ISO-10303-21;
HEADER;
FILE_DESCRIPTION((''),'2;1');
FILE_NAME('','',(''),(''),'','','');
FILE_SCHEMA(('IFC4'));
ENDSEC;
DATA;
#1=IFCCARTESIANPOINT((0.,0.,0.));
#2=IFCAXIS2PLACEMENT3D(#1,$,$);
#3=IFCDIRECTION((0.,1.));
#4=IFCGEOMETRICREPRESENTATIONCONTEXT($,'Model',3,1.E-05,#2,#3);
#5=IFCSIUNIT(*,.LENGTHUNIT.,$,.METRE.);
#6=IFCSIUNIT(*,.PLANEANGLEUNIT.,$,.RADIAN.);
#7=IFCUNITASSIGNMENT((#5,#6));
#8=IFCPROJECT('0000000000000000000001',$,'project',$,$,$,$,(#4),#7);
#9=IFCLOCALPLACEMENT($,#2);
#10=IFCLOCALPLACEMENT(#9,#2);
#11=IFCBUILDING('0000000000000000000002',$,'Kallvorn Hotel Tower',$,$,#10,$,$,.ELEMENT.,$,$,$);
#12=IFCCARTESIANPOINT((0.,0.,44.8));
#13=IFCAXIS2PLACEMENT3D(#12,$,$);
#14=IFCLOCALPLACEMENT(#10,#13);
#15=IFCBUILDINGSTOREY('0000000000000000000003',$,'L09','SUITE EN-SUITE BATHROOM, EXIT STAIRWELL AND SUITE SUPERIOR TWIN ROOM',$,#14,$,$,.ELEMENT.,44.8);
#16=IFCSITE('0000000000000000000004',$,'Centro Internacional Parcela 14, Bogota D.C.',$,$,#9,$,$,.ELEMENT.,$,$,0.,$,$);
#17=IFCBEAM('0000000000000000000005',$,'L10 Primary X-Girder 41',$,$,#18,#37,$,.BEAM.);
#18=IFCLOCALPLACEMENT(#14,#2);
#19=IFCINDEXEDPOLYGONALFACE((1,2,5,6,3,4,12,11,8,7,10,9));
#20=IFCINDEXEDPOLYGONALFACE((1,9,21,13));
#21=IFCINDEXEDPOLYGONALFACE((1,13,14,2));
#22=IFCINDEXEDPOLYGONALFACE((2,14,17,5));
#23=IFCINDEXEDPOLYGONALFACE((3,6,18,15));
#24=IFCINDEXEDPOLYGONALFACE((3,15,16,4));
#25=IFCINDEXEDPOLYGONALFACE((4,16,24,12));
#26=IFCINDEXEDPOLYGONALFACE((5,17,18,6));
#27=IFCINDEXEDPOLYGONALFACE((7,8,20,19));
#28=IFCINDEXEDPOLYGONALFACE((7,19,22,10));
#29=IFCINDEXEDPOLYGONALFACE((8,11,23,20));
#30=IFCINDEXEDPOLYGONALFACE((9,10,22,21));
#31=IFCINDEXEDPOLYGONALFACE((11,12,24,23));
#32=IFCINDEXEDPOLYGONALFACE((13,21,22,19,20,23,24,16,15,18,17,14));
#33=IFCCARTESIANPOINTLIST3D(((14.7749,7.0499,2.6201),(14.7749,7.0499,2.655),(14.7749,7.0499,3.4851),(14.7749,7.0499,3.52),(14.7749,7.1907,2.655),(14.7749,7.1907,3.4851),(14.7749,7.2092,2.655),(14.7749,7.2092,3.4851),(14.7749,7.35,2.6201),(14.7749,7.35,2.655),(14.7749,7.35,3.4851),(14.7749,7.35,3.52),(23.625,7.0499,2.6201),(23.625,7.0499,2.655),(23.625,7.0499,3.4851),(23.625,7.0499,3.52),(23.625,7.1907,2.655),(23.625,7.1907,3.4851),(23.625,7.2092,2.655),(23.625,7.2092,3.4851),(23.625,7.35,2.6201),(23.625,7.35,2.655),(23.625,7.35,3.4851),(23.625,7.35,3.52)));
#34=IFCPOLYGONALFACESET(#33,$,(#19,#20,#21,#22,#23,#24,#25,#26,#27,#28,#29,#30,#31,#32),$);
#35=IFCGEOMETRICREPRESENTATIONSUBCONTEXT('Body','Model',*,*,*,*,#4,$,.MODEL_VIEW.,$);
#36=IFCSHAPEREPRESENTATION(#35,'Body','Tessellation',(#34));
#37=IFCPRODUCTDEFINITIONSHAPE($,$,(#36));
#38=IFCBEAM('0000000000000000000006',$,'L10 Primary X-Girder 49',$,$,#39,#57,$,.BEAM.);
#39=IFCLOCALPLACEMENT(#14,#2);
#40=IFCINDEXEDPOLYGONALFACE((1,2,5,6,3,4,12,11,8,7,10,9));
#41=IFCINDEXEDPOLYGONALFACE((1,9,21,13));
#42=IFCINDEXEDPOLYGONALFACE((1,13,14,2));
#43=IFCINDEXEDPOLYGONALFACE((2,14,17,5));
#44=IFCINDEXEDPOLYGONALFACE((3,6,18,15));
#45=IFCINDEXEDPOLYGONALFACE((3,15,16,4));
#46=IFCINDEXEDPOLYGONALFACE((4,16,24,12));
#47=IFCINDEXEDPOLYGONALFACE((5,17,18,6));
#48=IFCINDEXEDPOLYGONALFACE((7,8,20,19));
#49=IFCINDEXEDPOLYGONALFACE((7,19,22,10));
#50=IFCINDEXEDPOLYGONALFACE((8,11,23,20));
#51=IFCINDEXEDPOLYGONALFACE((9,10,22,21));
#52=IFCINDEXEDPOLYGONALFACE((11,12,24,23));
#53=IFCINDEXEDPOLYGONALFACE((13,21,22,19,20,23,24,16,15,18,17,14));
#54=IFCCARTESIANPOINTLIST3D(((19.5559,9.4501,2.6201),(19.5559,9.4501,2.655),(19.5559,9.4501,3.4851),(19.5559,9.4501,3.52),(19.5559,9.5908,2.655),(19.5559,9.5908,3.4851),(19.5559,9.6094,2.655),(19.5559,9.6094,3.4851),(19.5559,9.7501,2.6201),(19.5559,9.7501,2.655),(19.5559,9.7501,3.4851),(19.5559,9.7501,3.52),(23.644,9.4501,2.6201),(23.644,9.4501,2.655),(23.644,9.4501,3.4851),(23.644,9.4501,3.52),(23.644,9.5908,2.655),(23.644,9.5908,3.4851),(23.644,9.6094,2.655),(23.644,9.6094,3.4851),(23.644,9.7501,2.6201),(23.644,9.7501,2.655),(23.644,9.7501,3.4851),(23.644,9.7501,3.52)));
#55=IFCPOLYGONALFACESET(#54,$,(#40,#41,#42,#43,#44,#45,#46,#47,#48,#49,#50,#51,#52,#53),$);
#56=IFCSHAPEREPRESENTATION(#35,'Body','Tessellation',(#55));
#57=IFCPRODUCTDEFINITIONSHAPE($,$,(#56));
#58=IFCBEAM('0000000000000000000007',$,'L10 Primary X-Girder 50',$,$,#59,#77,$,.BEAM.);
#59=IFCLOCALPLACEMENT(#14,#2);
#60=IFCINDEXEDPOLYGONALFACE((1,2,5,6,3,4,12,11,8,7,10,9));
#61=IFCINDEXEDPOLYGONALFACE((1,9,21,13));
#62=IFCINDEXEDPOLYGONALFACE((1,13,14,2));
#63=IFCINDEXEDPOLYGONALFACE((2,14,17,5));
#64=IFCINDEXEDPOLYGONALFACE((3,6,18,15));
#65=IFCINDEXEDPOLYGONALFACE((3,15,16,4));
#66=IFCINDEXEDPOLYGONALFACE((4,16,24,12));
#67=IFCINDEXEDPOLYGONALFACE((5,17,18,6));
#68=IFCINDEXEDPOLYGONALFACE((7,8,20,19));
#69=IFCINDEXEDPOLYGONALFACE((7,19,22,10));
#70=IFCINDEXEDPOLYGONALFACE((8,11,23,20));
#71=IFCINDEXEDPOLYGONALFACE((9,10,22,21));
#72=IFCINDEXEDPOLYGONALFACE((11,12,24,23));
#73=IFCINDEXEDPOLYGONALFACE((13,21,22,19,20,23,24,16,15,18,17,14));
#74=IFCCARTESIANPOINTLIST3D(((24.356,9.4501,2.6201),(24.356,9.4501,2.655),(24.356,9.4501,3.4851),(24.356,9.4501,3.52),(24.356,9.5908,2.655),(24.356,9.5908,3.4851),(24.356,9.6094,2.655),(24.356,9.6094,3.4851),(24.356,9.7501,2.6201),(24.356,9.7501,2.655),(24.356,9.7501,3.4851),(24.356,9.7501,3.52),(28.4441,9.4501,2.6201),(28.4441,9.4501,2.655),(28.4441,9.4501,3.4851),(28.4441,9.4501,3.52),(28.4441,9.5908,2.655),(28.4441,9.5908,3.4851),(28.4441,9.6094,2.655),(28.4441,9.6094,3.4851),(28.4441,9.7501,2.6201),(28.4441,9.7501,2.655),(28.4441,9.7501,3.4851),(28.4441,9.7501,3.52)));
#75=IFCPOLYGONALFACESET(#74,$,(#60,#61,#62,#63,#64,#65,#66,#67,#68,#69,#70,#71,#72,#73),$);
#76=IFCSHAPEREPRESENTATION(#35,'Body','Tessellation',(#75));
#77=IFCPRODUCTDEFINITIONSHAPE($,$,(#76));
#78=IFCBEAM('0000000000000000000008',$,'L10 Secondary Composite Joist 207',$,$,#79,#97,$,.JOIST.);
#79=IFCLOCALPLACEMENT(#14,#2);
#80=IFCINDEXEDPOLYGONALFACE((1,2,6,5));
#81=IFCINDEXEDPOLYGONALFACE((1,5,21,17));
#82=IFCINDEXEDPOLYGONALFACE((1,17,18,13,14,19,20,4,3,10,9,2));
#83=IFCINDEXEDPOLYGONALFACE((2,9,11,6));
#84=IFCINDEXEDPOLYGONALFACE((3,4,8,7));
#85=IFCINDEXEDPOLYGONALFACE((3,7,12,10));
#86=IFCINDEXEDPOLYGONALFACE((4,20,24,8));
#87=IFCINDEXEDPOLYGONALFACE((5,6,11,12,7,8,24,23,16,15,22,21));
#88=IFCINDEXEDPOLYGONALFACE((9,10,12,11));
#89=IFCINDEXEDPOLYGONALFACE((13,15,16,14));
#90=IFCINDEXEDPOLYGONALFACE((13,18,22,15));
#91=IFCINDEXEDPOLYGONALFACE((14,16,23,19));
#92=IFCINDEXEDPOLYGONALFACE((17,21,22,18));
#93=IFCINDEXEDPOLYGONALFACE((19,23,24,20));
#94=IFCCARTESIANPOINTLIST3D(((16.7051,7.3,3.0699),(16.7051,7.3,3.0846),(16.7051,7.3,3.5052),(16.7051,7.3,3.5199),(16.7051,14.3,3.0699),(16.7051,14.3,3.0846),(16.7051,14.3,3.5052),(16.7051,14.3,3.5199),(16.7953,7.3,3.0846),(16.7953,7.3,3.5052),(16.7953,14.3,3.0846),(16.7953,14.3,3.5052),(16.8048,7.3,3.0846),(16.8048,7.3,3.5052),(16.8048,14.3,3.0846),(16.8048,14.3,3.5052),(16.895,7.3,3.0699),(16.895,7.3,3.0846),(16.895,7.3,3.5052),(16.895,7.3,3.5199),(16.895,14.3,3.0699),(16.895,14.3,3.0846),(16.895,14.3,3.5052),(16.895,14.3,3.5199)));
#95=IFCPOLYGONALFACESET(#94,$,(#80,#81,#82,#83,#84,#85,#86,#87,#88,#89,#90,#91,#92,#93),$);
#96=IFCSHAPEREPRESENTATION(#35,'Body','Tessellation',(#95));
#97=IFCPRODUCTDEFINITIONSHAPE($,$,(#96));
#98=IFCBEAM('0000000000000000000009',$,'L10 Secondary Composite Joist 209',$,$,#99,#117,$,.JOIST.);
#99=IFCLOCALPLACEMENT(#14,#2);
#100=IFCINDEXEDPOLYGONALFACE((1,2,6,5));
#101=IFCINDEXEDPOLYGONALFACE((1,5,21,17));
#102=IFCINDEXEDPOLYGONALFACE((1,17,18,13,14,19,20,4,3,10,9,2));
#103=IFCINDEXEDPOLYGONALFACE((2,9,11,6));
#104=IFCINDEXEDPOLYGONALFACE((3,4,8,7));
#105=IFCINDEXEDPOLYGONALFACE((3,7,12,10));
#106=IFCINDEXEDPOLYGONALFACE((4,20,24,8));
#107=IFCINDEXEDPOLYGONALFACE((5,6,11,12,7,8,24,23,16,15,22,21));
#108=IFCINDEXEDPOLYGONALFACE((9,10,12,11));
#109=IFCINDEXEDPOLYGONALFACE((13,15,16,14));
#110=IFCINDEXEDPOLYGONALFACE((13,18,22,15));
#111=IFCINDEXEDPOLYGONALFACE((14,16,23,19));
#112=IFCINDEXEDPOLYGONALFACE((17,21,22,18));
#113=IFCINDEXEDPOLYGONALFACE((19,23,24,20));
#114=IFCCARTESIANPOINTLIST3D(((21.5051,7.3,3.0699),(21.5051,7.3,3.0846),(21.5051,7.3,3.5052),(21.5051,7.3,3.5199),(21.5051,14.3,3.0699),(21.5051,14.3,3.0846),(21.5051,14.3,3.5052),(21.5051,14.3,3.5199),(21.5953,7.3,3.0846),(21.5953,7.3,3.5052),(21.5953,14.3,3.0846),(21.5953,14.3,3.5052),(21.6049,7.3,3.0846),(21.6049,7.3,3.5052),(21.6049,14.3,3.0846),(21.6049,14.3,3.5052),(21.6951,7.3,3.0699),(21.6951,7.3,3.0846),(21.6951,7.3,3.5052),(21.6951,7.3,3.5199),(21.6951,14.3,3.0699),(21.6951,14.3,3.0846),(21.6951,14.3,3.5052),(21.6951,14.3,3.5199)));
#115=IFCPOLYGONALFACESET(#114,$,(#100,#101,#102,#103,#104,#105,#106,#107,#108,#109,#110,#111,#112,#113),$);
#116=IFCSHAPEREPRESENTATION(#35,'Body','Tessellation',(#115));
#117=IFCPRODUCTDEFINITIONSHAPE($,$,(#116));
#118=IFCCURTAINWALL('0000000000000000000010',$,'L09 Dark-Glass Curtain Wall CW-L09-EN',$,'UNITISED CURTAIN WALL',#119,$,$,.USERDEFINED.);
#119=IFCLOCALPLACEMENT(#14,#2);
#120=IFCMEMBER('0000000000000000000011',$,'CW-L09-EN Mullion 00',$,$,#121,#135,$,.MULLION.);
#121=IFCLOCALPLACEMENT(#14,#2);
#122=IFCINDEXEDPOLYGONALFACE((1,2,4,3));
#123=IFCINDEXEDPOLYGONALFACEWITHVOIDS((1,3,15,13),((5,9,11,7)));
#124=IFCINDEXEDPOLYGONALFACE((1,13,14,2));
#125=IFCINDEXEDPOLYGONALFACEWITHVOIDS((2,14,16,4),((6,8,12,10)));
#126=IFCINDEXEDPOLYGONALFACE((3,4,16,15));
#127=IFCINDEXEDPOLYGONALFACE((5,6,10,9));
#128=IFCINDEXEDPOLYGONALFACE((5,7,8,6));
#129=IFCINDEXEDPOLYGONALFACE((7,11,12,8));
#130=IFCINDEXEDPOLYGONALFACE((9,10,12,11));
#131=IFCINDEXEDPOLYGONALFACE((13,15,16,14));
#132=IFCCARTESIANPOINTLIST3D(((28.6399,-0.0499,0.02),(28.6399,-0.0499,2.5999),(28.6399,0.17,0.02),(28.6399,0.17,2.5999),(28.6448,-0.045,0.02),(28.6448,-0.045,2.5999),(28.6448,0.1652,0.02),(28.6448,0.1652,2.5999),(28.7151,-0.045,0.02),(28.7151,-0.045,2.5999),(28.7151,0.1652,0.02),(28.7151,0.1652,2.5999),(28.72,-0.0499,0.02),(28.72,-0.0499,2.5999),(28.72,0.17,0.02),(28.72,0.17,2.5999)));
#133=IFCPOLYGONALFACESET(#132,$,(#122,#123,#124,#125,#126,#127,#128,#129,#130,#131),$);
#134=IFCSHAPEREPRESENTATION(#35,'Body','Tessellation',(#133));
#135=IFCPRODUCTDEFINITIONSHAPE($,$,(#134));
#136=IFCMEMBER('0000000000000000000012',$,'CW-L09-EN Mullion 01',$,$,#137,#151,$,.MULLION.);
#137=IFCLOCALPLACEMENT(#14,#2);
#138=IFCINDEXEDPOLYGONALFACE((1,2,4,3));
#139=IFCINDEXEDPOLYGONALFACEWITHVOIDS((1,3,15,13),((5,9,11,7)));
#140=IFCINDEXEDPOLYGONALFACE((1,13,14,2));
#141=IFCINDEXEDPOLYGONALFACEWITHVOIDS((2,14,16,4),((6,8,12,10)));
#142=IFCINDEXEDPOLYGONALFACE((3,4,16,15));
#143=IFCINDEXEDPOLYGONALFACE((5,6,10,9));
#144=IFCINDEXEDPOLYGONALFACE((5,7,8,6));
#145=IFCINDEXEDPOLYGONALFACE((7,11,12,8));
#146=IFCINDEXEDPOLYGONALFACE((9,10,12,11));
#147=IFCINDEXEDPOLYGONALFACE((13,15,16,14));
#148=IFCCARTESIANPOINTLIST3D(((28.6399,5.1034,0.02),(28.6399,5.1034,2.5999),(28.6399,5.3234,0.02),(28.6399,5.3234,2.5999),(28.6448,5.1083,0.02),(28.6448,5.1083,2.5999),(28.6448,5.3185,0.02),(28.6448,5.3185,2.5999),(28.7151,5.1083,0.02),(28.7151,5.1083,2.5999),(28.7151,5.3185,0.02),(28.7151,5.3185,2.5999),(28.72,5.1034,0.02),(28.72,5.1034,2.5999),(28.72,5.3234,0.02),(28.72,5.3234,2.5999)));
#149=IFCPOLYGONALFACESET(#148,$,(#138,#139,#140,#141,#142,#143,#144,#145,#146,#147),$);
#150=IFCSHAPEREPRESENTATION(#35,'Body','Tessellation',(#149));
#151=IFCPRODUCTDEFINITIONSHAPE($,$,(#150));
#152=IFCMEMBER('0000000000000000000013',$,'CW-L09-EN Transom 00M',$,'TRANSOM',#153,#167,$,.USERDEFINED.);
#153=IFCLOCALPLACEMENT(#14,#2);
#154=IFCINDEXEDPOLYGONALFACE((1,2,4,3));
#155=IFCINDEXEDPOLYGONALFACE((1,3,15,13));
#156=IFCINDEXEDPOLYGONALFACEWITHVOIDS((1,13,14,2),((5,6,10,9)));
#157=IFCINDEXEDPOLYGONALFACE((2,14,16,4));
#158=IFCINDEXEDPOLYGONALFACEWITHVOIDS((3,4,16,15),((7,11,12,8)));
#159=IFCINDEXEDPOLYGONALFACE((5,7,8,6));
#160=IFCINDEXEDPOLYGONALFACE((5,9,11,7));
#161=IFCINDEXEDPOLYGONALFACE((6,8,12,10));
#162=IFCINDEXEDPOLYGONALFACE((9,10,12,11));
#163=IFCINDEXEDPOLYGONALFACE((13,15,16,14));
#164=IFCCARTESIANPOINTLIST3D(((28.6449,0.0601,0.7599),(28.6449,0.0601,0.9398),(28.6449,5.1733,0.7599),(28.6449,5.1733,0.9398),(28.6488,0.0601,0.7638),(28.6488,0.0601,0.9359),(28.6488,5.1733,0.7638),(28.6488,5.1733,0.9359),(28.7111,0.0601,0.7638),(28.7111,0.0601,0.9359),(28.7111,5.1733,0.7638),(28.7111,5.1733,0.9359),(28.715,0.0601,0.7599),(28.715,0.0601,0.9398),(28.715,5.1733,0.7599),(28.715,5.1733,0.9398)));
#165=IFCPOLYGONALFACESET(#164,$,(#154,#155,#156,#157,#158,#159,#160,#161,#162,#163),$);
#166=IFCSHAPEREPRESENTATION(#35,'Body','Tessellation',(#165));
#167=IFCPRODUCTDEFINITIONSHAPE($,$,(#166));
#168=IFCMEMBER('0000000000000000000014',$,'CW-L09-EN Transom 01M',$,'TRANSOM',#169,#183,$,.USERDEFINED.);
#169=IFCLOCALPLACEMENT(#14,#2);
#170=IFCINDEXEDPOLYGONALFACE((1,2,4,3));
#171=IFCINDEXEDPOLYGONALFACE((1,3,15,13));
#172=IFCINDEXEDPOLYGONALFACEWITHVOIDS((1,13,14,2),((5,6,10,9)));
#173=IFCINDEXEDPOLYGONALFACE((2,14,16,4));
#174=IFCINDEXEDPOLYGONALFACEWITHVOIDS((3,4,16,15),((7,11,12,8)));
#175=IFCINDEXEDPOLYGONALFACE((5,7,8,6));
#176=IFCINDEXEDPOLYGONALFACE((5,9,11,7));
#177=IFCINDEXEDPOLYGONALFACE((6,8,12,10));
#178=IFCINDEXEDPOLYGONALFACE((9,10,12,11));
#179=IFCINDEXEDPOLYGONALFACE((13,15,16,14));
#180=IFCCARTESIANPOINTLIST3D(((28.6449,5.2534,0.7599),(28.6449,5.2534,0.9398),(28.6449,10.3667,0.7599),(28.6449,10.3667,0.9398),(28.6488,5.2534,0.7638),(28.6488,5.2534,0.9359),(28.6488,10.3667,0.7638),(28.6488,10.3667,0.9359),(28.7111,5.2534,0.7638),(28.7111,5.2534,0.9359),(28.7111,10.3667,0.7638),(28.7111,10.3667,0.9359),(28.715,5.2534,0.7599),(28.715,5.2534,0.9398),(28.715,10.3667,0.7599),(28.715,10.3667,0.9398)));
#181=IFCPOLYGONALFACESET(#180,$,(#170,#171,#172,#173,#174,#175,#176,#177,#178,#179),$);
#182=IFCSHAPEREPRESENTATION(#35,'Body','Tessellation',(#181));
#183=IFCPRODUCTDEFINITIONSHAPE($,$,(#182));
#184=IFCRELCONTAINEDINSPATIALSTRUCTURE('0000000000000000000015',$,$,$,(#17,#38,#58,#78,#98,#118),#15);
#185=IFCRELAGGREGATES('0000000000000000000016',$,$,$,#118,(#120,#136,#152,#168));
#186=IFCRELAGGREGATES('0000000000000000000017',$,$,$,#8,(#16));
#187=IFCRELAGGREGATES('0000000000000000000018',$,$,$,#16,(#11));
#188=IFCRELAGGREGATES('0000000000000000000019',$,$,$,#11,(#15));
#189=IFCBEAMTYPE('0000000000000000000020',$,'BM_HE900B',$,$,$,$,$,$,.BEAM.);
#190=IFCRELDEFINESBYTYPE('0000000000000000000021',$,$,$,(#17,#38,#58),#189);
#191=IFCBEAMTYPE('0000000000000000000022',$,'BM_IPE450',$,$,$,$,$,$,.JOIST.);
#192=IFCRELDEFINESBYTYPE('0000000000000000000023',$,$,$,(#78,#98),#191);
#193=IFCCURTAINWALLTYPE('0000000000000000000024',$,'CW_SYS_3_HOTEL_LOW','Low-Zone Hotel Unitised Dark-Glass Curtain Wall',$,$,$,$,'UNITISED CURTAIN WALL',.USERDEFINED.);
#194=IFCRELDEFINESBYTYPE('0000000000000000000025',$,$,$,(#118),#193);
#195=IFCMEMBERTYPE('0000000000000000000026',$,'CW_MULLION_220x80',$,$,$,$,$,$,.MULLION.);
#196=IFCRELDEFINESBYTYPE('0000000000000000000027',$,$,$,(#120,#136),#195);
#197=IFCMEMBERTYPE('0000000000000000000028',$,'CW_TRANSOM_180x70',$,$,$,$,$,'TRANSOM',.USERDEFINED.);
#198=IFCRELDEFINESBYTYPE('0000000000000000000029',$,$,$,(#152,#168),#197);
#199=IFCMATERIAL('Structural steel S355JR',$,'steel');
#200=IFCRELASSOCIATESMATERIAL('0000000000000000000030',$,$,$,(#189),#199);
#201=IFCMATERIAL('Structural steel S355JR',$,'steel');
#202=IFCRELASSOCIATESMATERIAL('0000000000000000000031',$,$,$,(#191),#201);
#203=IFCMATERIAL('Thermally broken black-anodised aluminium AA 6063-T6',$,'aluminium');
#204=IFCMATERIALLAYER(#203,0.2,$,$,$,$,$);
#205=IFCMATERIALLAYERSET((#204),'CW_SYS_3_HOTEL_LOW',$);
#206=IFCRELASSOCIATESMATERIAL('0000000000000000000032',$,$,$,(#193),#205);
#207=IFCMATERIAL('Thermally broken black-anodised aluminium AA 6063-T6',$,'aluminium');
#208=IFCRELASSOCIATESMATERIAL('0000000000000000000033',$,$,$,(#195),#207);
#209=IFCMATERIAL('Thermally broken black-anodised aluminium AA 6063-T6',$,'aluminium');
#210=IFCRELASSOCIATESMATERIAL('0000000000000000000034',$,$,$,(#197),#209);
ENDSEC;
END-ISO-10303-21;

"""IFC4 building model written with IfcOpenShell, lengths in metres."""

from ifc_helpers import new_model, si_unit, direction, frame, origin, origin_2d, place, context, subcontext, project, spatial, hollow_rectangle, i_section, extrude, material, layer, layer_set, material_profile, profile_set, type_object, element, aggregate, save


model = new_model("IFC4")

# Units and contexts
model_context = context("Model", 3, precision=1e-05, world=origin(), true_north=direction((0.0, 1.0)))
body_context = subcontext(model_context, "Body", "Model", "MODEL_VIEW")
ifc_project = project(units=[si_unit("LENGTHUNIT", "METRE"), si_unit("PLANEANGLEUNIT", "RADIAN")], contexts=[model_context])

# Site, building, storey
site_placement = place(None, origin())
site = spatial("IfcSite", under=ifc_project, at=site_placement, Name="Centro Internacional Parcela 14, Bogota D.C.", CompositionType="ELEMENT", RefElevation=0.0)
building_placement = place(site_placement, origin())
building = spatial("IfcBuilding", under=site, at=building_placement, Name="Kallvorn Hotel Tower", CompositionType="ELEMENT")
storey_placement = place(building_placement, frame((0.0, 0.0, 44.8)))
storey = spatial("IfcBuildingStorey", under=building, at=storey_placement, Name="L09", Description="SUITE EN-SUITE BATHROOM, EXIT STAIRWELL AND SUITE SUPERIOR TWIN ROOM", CompositionType="ELEMENT", Elevation=44.8)

# Beams
ifc_material_1 = material(Name="Structural steel S355JR", Category="steel")
ifc_material_profile_1 = material_profile(ifc_material_1, i_section(OverallWidth=0.3, OverallDepth=0.8999, WebThickness=0.0186, FlangeThickness=0.0349, at=origin_2d()), Name="HE 900 B")
ifc_profile_set_1 = profile_set([ifc_material_profile_1], Name="Structural steel S355JR")
beam_type_1 = type_object("IfcBeamType", Name="BM_HE900B", PredefinedType="BEAM", material=ifc_profile_set_1)
beam_1_placement = place(storey_placement, frame((14.7749, 7.2, 3.0701), z_axis=(1.0, 0.0, 0.0), x_axis=(0.0, 1.0, 0.0)))
element("IfcBeam", 1, at=beam_1_placement, inside=storey, type_object=beam_type_1, Name="L10 Primary X-Girder 41", PredefinedType="BEAM", context=body_context, shape_type="SweptSolid", body=[
    extrude(i_section(OverallWidth=0.3, OverallDepth=0.8999, WebThickness=0.0186, FlangeThickness=0.0349, at=origin_2d()), origin(), (0.0, 0.0, 1.0), 8.8501),
])
for number, where, z_axis, x_axis, name in (
    (2, (19.5559, 9.6001, 3.0701), (1.0, 0.0, 0.0), (0.0, 1.0, 0.0), "L10 Primary X-Girder 49"),
    (3, (24.356, 9.6001, 3.0701), (1.0, 0.0, 0.0), (0.0, 1.0, 0.0), "L10 Primary X-Girder 50"),
):
    element("IfcBeam", number, at=place(storey_placement, frame(where, z_axis=z_axis, x_axis=x_axis)), inside=storey, type_object=beam_type_1, Name=name, PredefinedType="BEAM", context=body_context, shape_type="SweptSolid", body=[
        extrude(i_section(OverallWidth=0.3, OverallDepth=0.8999, WebThickness=0.0186, FlangeThickness=0.0349, at=origin_2d()), origin(), (0.0, 0.0, 1.0), 4.0881),
    ])
ifc_material_2 = material(Name="Structural steel S355JR", Category="steel")
ifc_material_profile_2 = material_profile(ifc_material_2, i_section(OverallWidth=0.1899, OverallDepth=0.45, WebThickness=0.0095, FlangeThickness=0.0146, at=origin_2d()), Name="IPE 450")
ifc_profile_set_2 = profile_set([ifc_material_profile_2], Name="Structural steel S355JR")
beam_type_2 = type_object("IfcBeamType", Name="BM_IPE450", PredefinedType="JOIST", material=ifc_profile_set_2)
for number, where, z_axis, x_axis, name in (
    (4, (16.8, 7.3, 3.2949), (0.0, 1.0, 0.0), (-1.0, 0.0, 0.0), "L10 Secondary Composite Joist 207"),
    (5, (21.6001, 7.3, 3.2949), (0.0, 1.0, 0.0), (-1.0, 0.0, 0.0), "L10 Secondary Composite Joist 209"),
):
    element("IfcBeam", number, at=place(storey_placement, frame(where, z_axis=z_axis, x_axis=x_axis)), inside=storey, type_object=beam_type_2, Name=name, PredefinedType="JOIST", context=body_context, shape_type="SweptSolid", body=[
        extrude(i_section(OverallWidth=0.1899, OverallDepth=0.45, WebThickness=0.0095, FlangeThickness=0.0146, at=origin_2d()), origin(), (0.0, 0.0, 1.0), 7.0),
    ])

# Curtain wall, members
ifc_material_3 = material(Name="Thermally broken black-anodised aluminium AA 6063-T6", Category="aluminium")
ifc_layer_1 = layer(ifc_material_3, 0.2)
ifc_layer_set_1 = layer_set([ifc_layer_1], Name="CW_SYS_3_HOTEL_LOW")
curtain_wall_type = type_object("IfcCurtainWallType", Name="CW_SYS_3_HOTEL_LOW", Description="Low-Zone Hotel Unitised Dark-Glass Curtain Wall", ElementType="UNITISED CURTAIN WALL", PredefinedType="USERDEFINED", material=ifc_layer_set_1)
curtain_wall_placement = place(storey_placement, origin())
curtain_wall = element("IfcCurtainWall", 6, at=curtain_wall_placement, inside=storey, type_object=curtain_wall_type, Name="L09 Dark-Glass Curtain Wall CW-L09-EN", ObjectType="UNITISED CURTAIN WALL", PredefinedType="USERDEFINED")
ifc_material_4 = material(Name="Thermally broken black-anodised aluminium AA 6063-T6", Category="aluminium")
ifc_material_profile_3 = material_profile(ifc_material_4, hollow_rectangle(XDim=0.0801, YDim=0.22, WallThickness=0.0049, at=origin_2d()), Name="MUL 220x80")
ifc_profile_set_3 = profile_set([ifc_material_profile_3], Name="Thermally broken black-anodised aluminium AA 6063-T6")
member_type_1 = type_object("IfcMemberType", Name="CW_MULLION_220x80", PredefinedType="MULLION", material=ifc_profile_set_3)
member_1_placement = place(storey_placement, frame((28.6799, 0.0601, 0.02), z_axis=(0.0, 0.0, 1.0), x_axis=(1.0, 0.0, 0.0)))
member_1 = element("IfcMember", 7, at=member_1_placement, type_object=member_type_1, Name="CW-L09-EN Mullion 00", PredefinedType="MULLION", context=body_context, shape_type="SweptSolid", body=[
    extrude(hollow_rectangle(XDim=0.0801, YDim=0.22, WallThickness=0.0049, at=origin_2d()), origin(), (0.0, 0.0, 1.0), 2.5798),
])
member_2_placement = place(storey_placement, frame((28.6799, 5.2134, 0.02), z_axis=(0.0, 0.0, 1.0), x_axis=(1.0, 0.0, 0.0)))
member_2 = element("IfcMember", 8, at=member_2_placement, type_object=member_type_1, Name="CW-L09-EN Mullion 01", PredefinedType="MULLION", context=body_context, shape_type="SweptSolid", body=[
    extrude(hollow_rectangle(XDim=0.0801, YDim=0.22, WallThickness=0.0049, at=origin_2d()), origin(), (0.0, 0.0, 1.0), 2.5798),
])
ifc_material_5 = material(Name="Thermally broken black-anodised aluminium AA 6063-T6", Category="aluminium")
ifc_material_profile_4 = material_profile(ifc_material_5, hollow_rectangle(XDim=0.0701, YDim=0.1799, WallThickness=0.0039, at=origin_2d()), Name="TRN 180x70")
ifc_profile_set_4 = profile_set([ifc_material_profile_4], Name="Thermally broken black-anodised aluminium AA 6063-T6")
member_type_2 = type_object("IfcMemberType", Name="CW_TRANSOM_180x70", ElementType="TRANSOM", PredefinedType="USERDEFINED", material=ifc_profile_set_4)
member_3_placement = place(storey_placement, frame((28.6799, 0.0601, 0.8499), z_axis=(0.0, 1.0, 0.0), x_axis=(-1.0, 0.0, 0.0)))
member_3 = element("IfcMember", 9, at=member_3_placement, type_object=member_type_2, Name="CW-L09-EN Transom 00M", ObjectType="TRANSOM", PredefinedType="USERDEFINED", context=body_context, shape_type="SweptSolid", body=[
    extrude(hollow_rectangle(XDim=0.0701, YDim=0.1799, WallThickness=0.0039, at=origin_2d()), origin(), (0.0, 0.0, 1.0), 5.1133),
])
member_4_placement = place(storey_placement, frame((28.6799, 5.2534, 0.8499), z_axis=(0.0, 1.0, 0.0), x_axis=(-1.0, 0.0, 0.0)))
member_4 = element("IfcMember", 10, at=member_4_placement, type_object=member_type_2, Name="CW-L09-EN Transom 01M", ObjectType="TRANSOM", PredefinedType="USERDEFINED", context=body_context, shape_type="SweptSolid", body=[
    extrude(hollow_rectangle(XDim=0.0701, YDim=0.1799, WallThickness=0.0039, at=origin_2d()), origin(), (0.0, 0.0, 1.0), 5.1133),
])
aggregate(curtain_wall, [member_1, member_2, member_3, member_4])

save(model, "model.ifc")
